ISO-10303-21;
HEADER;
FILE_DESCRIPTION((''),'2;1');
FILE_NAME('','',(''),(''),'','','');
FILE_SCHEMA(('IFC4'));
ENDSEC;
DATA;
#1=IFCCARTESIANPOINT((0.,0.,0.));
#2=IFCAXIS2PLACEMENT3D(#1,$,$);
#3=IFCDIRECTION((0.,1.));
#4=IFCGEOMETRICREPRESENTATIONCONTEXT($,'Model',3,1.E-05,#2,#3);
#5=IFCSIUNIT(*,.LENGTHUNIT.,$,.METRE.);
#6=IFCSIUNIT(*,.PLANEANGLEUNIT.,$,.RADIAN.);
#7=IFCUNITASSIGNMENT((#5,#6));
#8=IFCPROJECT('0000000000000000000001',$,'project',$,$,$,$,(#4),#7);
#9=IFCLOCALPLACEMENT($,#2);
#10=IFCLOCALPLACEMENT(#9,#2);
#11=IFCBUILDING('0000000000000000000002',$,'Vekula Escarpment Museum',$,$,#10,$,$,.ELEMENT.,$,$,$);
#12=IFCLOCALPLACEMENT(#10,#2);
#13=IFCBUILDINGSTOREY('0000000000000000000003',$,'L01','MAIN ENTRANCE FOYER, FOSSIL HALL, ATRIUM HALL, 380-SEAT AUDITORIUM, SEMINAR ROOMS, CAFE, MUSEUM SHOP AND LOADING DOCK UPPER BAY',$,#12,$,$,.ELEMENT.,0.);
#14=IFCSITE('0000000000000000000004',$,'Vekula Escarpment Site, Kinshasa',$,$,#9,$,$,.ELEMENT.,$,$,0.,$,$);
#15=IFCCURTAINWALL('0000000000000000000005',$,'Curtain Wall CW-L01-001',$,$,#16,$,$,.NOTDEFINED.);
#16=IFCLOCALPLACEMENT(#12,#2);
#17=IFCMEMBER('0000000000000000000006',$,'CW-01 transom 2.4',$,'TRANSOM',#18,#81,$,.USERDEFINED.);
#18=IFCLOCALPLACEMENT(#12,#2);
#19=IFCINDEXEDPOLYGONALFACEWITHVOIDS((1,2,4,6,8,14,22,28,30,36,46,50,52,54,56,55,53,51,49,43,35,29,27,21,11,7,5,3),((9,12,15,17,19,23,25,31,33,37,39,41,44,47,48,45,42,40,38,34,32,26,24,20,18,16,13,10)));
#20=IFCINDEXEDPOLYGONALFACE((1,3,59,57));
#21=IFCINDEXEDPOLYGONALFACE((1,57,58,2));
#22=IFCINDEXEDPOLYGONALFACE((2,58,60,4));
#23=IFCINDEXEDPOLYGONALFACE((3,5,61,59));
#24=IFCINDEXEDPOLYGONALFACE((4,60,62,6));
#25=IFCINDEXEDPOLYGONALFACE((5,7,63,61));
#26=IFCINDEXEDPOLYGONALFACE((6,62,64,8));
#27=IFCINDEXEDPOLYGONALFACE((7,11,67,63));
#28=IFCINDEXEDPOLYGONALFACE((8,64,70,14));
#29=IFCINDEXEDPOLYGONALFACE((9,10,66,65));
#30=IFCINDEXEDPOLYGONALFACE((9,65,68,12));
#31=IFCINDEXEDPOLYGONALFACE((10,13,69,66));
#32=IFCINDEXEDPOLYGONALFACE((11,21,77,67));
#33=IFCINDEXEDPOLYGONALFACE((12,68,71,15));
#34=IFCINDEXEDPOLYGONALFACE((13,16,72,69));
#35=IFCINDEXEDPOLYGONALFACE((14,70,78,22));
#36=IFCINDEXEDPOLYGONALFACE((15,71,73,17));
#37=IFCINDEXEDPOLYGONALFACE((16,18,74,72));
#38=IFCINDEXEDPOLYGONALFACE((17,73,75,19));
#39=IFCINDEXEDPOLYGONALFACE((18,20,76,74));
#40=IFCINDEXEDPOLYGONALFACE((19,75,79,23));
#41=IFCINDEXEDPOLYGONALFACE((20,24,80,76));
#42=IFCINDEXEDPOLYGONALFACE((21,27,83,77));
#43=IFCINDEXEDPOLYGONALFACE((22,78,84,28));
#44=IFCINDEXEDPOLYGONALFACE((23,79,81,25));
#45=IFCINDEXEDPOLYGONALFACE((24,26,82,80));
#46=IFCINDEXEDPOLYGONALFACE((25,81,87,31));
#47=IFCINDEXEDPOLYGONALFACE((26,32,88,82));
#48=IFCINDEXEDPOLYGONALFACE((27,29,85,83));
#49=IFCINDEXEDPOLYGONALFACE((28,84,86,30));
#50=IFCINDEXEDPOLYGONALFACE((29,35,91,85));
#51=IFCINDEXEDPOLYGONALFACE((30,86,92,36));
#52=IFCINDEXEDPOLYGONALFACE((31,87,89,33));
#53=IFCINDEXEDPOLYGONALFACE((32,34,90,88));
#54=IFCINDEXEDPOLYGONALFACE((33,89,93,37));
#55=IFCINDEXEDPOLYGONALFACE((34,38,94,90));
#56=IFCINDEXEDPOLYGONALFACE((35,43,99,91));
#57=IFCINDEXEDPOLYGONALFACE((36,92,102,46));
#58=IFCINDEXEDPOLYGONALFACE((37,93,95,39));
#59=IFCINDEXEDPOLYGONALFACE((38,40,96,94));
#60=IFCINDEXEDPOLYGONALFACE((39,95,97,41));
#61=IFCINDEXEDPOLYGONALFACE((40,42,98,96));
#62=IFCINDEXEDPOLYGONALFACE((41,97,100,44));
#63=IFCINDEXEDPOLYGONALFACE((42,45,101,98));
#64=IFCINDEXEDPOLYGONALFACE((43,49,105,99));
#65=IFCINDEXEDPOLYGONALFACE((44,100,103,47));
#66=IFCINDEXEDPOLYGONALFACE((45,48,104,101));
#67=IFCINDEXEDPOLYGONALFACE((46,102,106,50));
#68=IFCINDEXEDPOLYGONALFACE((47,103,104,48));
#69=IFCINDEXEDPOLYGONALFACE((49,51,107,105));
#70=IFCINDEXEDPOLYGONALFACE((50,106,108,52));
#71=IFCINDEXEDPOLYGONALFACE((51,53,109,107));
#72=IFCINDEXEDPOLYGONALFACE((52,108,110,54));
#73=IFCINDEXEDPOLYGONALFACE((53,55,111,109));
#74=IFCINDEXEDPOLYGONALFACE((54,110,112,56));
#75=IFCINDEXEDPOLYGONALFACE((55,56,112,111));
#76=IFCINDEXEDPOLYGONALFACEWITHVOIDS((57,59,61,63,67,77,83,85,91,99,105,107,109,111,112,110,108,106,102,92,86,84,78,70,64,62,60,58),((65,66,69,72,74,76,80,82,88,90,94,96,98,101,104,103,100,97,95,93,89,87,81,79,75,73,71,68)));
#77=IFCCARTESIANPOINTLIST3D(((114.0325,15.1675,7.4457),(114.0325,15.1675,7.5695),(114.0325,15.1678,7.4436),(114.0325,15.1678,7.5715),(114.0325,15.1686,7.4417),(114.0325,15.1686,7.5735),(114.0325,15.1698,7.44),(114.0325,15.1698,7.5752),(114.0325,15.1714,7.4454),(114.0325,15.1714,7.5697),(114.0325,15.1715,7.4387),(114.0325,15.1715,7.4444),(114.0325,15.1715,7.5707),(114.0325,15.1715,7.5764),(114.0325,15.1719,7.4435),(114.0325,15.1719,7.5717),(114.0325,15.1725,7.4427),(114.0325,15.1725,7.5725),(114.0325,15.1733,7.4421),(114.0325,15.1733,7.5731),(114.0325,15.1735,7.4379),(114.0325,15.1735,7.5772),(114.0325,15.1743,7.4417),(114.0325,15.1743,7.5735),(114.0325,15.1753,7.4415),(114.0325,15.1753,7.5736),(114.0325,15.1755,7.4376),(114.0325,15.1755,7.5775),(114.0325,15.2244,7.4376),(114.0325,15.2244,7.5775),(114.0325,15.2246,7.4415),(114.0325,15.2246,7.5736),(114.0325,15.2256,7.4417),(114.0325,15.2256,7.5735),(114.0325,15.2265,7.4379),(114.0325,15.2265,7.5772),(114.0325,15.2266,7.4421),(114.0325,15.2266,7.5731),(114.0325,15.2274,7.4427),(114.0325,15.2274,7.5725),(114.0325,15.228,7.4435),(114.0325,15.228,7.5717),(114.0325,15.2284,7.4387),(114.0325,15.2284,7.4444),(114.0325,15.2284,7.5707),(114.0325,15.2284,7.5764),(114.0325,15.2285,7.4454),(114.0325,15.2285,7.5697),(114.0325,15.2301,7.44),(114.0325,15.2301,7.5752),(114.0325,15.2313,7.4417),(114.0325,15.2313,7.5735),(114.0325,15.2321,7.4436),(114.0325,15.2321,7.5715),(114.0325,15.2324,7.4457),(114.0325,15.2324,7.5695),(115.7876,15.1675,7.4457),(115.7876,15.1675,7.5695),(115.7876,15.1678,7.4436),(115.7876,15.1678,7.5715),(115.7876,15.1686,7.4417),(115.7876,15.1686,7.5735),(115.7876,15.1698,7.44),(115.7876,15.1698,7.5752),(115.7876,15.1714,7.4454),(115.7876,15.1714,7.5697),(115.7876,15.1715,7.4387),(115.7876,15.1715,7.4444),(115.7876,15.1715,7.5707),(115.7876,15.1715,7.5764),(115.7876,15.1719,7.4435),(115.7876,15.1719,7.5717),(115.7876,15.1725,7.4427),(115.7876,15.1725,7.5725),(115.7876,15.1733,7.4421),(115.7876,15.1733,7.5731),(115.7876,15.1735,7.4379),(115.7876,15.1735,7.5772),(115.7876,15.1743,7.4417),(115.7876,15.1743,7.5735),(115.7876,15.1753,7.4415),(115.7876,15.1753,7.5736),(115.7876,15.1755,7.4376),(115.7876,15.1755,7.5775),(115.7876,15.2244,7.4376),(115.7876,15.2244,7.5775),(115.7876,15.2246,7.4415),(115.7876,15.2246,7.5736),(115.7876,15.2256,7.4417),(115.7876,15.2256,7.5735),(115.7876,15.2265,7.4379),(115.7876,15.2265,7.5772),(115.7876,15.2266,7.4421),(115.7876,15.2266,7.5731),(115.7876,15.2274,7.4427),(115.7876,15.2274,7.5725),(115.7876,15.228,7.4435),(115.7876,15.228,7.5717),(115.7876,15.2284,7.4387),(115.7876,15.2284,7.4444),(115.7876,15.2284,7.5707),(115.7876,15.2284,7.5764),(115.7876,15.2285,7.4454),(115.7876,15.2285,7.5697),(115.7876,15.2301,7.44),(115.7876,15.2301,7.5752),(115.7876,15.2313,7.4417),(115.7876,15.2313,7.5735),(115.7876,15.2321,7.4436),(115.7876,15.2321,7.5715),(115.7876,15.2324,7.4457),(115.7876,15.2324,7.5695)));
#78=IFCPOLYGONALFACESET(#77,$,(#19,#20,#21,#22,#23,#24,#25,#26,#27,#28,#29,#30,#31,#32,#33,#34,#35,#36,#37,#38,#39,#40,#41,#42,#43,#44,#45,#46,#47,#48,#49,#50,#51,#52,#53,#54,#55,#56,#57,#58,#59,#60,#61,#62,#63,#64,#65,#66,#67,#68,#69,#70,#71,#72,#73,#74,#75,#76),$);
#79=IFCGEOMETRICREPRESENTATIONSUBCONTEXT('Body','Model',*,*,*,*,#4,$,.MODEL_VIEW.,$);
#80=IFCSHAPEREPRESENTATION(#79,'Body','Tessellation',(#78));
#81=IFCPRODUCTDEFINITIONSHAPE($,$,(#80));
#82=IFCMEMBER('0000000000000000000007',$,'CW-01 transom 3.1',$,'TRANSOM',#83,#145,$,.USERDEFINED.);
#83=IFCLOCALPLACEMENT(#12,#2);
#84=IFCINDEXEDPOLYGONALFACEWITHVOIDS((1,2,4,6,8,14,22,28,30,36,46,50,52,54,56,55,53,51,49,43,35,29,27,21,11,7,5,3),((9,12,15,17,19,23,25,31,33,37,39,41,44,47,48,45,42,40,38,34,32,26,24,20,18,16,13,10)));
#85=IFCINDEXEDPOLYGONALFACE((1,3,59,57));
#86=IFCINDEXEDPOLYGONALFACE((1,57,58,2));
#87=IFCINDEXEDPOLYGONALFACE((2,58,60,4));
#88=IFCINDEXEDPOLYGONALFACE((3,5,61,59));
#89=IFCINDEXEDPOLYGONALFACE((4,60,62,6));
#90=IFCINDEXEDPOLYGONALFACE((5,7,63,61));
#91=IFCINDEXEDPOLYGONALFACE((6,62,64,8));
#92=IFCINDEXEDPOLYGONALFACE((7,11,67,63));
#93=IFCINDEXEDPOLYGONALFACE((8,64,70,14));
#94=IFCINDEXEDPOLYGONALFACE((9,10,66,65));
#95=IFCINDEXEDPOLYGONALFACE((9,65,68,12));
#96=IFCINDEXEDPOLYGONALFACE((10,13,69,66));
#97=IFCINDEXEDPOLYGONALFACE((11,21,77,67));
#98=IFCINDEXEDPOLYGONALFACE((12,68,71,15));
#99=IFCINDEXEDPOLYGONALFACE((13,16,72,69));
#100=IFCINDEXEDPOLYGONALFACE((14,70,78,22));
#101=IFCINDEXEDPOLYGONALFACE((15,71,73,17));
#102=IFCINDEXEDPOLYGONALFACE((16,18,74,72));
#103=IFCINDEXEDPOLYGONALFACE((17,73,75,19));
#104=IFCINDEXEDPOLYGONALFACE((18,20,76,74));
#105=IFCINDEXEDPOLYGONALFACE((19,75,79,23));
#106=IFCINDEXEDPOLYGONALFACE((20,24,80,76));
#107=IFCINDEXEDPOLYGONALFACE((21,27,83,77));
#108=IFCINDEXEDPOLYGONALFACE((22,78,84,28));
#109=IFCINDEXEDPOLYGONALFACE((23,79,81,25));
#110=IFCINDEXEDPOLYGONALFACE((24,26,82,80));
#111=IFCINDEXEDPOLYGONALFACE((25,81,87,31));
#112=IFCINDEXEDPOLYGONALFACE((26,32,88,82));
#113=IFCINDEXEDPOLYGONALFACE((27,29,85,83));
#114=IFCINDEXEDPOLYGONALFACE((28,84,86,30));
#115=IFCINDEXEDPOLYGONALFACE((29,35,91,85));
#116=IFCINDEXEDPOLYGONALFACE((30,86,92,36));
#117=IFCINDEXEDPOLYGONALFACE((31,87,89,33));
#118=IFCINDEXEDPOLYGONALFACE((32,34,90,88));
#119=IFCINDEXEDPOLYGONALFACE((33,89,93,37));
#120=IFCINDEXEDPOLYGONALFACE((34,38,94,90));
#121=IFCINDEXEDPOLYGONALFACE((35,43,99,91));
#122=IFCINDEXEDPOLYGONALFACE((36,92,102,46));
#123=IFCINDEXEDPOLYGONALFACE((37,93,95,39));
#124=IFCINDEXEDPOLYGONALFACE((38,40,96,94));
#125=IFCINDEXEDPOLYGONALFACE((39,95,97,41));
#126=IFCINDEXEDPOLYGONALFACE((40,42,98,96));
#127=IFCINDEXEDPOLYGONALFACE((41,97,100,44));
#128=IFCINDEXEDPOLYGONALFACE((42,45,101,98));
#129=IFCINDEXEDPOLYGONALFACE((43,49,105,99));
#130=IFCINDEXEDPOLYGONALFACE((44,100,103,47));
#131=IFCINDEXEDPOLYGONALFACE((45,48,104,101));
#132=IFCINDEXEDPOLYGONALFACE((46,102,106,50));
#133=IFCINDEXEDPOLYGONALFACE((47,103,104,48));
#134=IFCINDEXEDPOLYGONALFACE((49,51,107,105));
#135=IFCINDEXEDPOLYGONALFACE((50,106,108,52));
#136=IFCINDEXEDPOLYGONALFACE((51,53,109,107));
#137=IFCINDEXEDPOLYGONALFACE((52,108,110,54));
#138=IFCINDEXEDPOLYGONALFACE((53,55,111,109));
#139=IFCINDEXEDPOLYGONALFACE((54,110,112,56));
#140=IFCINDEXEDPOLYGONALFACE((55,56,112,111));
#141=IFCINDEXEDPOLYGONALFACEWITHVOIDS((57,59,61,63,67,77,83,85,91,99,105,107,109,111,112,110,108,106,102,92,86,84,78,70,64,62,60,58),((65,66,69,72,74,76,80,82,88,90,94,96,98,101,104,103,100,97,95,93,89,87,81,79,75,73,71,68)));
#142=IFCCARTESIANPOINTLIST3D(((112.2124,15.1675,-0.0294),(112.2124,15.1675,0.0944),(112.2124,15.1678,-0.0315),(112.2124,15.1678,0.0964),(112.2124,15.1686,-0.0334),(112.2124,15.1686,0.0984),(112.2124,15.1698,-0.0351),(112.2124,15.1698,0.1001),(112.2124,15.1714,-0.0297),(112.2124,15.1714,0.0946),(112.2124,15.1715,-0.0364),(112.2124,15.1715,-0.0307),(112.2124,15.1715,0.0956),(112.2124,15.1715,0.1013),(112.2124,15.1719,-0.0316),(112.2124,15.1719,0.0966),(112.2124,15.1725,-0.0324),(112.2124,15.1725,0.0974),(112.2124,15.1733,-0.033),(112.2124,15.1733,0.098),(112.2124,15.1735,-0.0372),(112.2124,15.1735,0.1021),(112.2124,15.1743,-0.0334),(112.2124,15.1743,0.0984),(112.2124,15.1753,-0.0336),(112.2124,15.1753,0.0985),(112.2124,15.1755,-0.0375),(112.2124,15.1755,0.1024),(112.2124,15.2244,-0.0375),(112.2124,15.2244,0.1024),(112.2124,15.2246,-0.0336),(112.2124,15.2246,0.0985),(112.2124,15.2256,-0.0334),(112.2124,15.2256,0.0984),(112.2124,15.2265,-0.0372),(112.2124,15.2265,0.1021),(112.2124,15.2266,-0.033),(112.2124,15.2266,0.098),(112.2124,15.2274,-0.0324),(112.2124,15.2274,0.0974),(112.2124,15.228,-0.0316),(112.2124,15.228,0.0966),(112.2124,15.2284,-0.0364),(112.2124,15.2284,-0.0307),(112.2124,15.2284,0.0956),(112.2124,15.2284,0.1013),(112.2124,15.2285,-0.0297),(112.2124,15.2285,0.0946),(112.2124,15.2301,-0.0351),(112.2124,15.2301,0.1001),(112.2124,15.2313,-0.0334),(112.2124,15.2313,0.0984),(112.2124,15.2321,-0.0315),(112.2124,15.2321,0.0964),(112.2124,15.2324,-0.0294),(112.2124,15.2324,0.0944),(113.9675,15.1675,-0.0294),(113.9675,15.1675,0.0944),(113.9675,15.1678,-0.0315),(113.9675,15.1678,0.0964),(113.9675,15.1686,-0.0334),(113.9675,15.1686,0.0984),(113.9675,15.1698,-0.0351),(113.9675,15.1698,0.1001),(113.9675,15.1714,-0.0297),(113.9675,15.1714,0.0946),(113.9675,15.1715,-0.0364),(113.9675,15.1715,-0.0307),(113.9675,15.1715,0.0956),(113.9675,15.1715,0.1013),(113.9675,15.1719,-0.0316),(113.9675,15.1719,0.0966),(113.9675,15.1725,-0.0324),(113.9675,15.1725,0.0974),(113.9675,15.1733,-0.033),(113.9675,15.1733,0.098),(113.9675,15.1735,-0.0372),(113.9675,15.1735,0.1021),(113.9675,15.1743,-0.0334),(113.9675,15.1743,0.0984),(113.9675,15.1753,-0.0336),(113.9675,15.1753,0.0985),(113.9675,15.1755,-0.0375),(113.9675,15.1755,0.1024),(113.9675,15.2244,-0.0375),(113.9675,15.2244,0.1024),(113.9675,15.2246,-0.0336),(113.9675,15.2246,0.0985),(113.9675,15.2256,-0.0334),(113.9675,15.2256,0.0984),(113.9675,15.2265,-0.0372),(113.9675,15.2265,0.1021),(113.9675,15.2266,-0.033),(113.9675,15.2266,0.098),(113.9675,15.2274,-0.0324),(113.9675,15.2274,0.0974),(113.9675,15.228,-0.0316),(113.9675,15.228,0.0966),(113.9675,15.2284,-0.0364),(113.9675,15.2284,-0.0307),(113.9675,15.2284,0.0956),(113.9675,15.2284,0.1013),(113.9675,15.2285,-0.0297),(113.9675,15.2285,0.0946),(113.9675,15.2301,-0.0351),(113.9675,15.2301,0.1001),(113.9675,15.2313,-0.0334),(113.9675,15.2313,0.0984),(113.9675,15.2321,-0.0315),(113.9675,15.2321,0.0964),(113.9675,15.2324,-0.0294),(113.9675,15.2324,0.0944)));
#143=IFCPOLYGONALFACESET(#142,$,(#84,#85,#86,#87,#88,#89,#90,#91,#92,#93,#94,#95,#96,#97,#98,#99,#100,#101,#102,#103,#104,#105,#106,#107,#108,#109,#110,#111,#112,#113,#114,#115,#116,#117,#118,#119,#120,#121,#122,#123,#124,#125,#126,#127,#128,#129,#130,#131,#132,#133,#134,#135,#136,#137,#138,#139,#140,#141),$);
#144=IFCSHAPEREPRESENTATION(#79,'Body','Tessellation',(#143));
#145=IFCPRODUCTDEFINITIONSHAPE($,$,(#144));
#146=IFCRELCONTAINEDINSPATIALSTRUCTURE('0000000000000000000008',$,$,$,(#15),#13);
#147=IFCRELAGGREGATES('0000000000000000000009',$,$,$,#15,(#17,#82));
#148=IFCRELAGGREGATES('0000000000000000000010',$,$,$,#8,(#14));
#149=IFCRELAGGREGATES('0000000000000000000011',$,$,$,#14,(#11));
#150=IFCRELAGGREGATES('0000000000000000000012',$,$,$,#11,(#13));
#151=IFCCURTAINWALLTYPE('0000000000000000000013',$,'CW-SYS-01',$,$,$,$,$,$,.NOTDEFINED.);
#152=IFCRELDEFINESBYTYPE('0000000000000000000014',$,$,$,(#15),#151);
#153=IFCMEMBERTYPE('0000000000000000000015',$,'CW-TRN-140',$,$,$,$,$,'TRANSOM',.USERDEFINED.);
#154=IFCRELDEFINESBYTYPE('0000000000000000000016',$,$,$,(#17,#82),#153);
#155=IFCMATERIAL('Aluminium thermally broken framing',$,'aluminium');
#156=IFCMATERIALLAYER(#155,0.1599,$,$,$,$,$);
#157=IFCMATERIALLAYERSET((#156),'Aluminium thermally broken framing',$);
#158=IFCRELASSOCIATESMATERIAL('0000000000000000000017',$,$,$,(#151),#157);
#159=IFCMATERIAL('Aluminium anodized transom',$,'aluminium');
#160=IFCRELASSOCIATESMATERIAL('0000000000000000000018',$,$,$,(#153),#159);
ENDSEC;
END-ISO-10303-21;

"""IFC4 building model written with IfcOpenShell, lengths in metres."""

from ifc_helpers import new_model, si_unit, direction, frame, origin, origin_2d, place, context, subcontext, project, spatial, hollow_rectangle, extrude, material, layer, layer_set, material_profile, profile_set, type_object, element, aggregate, save


model = new_model("IFC4")

# Units and contexts
model_context = context("Model", 3, precision=1e-05, world=origin(), true_north=direction((0.0, 1.0)))
body_context = subcontext(model_context, "Body", "Model", "MODEL_VIEW")
ifc_project = project(units=[si_unit("LENGTHUNIT", "METRE"), si_unit("PLANEANGLEUNIT", "RADIAN")], contexts=[model_context])

# Site, building, storey
site_placement = place(None, origin())
site = spatial("IfcSite", under=ifc_project, at=site_placement, Name="Vekula Escarpment Site, Kinshasa", CompositionType="ELEMENT", RefElevation=0.0)
building_placement = place(site_placement, origin())
building = spatial("IfcBuilding", under=site, at=building_placement, Name="Vekula Escarpment Museum", CompositionType="ELEMENT")
storey_placement = place(building_placement, origin())
storey = spatial("IfcBuildingStorey", under=building, at=storey_placement, Name="L01", Description="MAIN ENTRANCE FOYER, FOSSIL HALL, ATRIUM HALL, 380-SEAT AUDITORIUM, SEMINAR ROOMS, CAFE, MUSEUM SHOP AND LOADING DOCK UPPER BAY", CompositionType="ELEMENT", Elevation=0.0)

# Curtain wall, members
ifc_material_1 = material(Name="Aluminium thermally broken framing", Category="aluminium")
ifc_layer_1 = layer(ifc_material_1, 0.1599)
ifc_layer_set_1 = layer_set([ifc_layer_1], Name="Aluminium thermally broken framing")
curtain_wall_type = type_object("IfcCurtainWallType", Name="CW-SYS-01", PredefinedType="NOTDEFINED", material=ifc_layer_set_1)
curtain_wall_placement = place(storey_placement, origin())
curtain_wall = element("IfcCurtainWall", 1, at=curtain_wall_placement, inside=storey, type_object=curtain_wall_type, Name="Curtain Wall CW-L01-001", PredefinedType="NOTDEFINED")
ifc_material_2 = material(Name="Aluminium anodized transom", Category="aluminium")
ifc_material_profile_1 = material_profile(ifc_material_2, hollow_rectangle(XDim=0.0649, YDim=0.1399, WallThickness=0.0039, InnerFilletRadius=0.0039, OuterFilletRadius=0.0081, at=origin_2d()), Name="ALU 140x65x4")
ifc_profile_set_1 = profile_set([ifc_material_profile_1], Name="Aluminium anodized transom")
member_type_1 = type_object("IfcMemberType", Name="CW-TRN-140", ElementType="TRANSOM", PredefinedType="USERDEFINED", material=ifc_profile_set_1)
member_1_placement = place(storey_placement, frame((115.7876, 15.2, 7.5076), z_axis=(-1.0, 0.0, 0.0), x_axis=(0.0, -1.0, 0.0)))
member_1 = element("IfcMember", 2, at=member_1_placement, type_object=member_type_1, Name="CW-01 transom 2.4", ObjectType="TRANSOM", PredefinedType="USERDEFINED", context=body_context, shape_type="SweptSolid", body=[
    extrude(hollow_rectangle(XDim=0.0649, YDim=0.1399, WallThickness=0.0039, InnerFilletRadius=0.0039, OuterFilletRadius=0.0081, at=origin_2d()), origin(), (0.0, 0.0, 1.0), 1.7551),
])
member_2_placement = place(storey_placement, frame((113.9675, 15.2, 0.0325), z_axis=(-1.0, 0.0, 0.0), x_axis=(0.0, -1.0, 0.0)))
member_2 = element("IfcMember", 3, at=member_2_placement, type_object=member_type_1, Name="CW-01 transom 3.1", ObjectType="TRANSOM", PredefinedType="USERDEFINED", context=body_context, shape_type="SweptSolid", body=[
    extrude(hollow_rectangle(XDim=0.0649, YDim=0.1399, WallThickness=0.0039, InnerFilletRadius=0.0039, OuterFilletRadius=0.0081, at=origin_2d()), origin(), (0.0, 0.0, 1.0), 1.7551),
])
aggregate(curtain_wall, [member_1, member_2])

save(model, "model.ifc")
